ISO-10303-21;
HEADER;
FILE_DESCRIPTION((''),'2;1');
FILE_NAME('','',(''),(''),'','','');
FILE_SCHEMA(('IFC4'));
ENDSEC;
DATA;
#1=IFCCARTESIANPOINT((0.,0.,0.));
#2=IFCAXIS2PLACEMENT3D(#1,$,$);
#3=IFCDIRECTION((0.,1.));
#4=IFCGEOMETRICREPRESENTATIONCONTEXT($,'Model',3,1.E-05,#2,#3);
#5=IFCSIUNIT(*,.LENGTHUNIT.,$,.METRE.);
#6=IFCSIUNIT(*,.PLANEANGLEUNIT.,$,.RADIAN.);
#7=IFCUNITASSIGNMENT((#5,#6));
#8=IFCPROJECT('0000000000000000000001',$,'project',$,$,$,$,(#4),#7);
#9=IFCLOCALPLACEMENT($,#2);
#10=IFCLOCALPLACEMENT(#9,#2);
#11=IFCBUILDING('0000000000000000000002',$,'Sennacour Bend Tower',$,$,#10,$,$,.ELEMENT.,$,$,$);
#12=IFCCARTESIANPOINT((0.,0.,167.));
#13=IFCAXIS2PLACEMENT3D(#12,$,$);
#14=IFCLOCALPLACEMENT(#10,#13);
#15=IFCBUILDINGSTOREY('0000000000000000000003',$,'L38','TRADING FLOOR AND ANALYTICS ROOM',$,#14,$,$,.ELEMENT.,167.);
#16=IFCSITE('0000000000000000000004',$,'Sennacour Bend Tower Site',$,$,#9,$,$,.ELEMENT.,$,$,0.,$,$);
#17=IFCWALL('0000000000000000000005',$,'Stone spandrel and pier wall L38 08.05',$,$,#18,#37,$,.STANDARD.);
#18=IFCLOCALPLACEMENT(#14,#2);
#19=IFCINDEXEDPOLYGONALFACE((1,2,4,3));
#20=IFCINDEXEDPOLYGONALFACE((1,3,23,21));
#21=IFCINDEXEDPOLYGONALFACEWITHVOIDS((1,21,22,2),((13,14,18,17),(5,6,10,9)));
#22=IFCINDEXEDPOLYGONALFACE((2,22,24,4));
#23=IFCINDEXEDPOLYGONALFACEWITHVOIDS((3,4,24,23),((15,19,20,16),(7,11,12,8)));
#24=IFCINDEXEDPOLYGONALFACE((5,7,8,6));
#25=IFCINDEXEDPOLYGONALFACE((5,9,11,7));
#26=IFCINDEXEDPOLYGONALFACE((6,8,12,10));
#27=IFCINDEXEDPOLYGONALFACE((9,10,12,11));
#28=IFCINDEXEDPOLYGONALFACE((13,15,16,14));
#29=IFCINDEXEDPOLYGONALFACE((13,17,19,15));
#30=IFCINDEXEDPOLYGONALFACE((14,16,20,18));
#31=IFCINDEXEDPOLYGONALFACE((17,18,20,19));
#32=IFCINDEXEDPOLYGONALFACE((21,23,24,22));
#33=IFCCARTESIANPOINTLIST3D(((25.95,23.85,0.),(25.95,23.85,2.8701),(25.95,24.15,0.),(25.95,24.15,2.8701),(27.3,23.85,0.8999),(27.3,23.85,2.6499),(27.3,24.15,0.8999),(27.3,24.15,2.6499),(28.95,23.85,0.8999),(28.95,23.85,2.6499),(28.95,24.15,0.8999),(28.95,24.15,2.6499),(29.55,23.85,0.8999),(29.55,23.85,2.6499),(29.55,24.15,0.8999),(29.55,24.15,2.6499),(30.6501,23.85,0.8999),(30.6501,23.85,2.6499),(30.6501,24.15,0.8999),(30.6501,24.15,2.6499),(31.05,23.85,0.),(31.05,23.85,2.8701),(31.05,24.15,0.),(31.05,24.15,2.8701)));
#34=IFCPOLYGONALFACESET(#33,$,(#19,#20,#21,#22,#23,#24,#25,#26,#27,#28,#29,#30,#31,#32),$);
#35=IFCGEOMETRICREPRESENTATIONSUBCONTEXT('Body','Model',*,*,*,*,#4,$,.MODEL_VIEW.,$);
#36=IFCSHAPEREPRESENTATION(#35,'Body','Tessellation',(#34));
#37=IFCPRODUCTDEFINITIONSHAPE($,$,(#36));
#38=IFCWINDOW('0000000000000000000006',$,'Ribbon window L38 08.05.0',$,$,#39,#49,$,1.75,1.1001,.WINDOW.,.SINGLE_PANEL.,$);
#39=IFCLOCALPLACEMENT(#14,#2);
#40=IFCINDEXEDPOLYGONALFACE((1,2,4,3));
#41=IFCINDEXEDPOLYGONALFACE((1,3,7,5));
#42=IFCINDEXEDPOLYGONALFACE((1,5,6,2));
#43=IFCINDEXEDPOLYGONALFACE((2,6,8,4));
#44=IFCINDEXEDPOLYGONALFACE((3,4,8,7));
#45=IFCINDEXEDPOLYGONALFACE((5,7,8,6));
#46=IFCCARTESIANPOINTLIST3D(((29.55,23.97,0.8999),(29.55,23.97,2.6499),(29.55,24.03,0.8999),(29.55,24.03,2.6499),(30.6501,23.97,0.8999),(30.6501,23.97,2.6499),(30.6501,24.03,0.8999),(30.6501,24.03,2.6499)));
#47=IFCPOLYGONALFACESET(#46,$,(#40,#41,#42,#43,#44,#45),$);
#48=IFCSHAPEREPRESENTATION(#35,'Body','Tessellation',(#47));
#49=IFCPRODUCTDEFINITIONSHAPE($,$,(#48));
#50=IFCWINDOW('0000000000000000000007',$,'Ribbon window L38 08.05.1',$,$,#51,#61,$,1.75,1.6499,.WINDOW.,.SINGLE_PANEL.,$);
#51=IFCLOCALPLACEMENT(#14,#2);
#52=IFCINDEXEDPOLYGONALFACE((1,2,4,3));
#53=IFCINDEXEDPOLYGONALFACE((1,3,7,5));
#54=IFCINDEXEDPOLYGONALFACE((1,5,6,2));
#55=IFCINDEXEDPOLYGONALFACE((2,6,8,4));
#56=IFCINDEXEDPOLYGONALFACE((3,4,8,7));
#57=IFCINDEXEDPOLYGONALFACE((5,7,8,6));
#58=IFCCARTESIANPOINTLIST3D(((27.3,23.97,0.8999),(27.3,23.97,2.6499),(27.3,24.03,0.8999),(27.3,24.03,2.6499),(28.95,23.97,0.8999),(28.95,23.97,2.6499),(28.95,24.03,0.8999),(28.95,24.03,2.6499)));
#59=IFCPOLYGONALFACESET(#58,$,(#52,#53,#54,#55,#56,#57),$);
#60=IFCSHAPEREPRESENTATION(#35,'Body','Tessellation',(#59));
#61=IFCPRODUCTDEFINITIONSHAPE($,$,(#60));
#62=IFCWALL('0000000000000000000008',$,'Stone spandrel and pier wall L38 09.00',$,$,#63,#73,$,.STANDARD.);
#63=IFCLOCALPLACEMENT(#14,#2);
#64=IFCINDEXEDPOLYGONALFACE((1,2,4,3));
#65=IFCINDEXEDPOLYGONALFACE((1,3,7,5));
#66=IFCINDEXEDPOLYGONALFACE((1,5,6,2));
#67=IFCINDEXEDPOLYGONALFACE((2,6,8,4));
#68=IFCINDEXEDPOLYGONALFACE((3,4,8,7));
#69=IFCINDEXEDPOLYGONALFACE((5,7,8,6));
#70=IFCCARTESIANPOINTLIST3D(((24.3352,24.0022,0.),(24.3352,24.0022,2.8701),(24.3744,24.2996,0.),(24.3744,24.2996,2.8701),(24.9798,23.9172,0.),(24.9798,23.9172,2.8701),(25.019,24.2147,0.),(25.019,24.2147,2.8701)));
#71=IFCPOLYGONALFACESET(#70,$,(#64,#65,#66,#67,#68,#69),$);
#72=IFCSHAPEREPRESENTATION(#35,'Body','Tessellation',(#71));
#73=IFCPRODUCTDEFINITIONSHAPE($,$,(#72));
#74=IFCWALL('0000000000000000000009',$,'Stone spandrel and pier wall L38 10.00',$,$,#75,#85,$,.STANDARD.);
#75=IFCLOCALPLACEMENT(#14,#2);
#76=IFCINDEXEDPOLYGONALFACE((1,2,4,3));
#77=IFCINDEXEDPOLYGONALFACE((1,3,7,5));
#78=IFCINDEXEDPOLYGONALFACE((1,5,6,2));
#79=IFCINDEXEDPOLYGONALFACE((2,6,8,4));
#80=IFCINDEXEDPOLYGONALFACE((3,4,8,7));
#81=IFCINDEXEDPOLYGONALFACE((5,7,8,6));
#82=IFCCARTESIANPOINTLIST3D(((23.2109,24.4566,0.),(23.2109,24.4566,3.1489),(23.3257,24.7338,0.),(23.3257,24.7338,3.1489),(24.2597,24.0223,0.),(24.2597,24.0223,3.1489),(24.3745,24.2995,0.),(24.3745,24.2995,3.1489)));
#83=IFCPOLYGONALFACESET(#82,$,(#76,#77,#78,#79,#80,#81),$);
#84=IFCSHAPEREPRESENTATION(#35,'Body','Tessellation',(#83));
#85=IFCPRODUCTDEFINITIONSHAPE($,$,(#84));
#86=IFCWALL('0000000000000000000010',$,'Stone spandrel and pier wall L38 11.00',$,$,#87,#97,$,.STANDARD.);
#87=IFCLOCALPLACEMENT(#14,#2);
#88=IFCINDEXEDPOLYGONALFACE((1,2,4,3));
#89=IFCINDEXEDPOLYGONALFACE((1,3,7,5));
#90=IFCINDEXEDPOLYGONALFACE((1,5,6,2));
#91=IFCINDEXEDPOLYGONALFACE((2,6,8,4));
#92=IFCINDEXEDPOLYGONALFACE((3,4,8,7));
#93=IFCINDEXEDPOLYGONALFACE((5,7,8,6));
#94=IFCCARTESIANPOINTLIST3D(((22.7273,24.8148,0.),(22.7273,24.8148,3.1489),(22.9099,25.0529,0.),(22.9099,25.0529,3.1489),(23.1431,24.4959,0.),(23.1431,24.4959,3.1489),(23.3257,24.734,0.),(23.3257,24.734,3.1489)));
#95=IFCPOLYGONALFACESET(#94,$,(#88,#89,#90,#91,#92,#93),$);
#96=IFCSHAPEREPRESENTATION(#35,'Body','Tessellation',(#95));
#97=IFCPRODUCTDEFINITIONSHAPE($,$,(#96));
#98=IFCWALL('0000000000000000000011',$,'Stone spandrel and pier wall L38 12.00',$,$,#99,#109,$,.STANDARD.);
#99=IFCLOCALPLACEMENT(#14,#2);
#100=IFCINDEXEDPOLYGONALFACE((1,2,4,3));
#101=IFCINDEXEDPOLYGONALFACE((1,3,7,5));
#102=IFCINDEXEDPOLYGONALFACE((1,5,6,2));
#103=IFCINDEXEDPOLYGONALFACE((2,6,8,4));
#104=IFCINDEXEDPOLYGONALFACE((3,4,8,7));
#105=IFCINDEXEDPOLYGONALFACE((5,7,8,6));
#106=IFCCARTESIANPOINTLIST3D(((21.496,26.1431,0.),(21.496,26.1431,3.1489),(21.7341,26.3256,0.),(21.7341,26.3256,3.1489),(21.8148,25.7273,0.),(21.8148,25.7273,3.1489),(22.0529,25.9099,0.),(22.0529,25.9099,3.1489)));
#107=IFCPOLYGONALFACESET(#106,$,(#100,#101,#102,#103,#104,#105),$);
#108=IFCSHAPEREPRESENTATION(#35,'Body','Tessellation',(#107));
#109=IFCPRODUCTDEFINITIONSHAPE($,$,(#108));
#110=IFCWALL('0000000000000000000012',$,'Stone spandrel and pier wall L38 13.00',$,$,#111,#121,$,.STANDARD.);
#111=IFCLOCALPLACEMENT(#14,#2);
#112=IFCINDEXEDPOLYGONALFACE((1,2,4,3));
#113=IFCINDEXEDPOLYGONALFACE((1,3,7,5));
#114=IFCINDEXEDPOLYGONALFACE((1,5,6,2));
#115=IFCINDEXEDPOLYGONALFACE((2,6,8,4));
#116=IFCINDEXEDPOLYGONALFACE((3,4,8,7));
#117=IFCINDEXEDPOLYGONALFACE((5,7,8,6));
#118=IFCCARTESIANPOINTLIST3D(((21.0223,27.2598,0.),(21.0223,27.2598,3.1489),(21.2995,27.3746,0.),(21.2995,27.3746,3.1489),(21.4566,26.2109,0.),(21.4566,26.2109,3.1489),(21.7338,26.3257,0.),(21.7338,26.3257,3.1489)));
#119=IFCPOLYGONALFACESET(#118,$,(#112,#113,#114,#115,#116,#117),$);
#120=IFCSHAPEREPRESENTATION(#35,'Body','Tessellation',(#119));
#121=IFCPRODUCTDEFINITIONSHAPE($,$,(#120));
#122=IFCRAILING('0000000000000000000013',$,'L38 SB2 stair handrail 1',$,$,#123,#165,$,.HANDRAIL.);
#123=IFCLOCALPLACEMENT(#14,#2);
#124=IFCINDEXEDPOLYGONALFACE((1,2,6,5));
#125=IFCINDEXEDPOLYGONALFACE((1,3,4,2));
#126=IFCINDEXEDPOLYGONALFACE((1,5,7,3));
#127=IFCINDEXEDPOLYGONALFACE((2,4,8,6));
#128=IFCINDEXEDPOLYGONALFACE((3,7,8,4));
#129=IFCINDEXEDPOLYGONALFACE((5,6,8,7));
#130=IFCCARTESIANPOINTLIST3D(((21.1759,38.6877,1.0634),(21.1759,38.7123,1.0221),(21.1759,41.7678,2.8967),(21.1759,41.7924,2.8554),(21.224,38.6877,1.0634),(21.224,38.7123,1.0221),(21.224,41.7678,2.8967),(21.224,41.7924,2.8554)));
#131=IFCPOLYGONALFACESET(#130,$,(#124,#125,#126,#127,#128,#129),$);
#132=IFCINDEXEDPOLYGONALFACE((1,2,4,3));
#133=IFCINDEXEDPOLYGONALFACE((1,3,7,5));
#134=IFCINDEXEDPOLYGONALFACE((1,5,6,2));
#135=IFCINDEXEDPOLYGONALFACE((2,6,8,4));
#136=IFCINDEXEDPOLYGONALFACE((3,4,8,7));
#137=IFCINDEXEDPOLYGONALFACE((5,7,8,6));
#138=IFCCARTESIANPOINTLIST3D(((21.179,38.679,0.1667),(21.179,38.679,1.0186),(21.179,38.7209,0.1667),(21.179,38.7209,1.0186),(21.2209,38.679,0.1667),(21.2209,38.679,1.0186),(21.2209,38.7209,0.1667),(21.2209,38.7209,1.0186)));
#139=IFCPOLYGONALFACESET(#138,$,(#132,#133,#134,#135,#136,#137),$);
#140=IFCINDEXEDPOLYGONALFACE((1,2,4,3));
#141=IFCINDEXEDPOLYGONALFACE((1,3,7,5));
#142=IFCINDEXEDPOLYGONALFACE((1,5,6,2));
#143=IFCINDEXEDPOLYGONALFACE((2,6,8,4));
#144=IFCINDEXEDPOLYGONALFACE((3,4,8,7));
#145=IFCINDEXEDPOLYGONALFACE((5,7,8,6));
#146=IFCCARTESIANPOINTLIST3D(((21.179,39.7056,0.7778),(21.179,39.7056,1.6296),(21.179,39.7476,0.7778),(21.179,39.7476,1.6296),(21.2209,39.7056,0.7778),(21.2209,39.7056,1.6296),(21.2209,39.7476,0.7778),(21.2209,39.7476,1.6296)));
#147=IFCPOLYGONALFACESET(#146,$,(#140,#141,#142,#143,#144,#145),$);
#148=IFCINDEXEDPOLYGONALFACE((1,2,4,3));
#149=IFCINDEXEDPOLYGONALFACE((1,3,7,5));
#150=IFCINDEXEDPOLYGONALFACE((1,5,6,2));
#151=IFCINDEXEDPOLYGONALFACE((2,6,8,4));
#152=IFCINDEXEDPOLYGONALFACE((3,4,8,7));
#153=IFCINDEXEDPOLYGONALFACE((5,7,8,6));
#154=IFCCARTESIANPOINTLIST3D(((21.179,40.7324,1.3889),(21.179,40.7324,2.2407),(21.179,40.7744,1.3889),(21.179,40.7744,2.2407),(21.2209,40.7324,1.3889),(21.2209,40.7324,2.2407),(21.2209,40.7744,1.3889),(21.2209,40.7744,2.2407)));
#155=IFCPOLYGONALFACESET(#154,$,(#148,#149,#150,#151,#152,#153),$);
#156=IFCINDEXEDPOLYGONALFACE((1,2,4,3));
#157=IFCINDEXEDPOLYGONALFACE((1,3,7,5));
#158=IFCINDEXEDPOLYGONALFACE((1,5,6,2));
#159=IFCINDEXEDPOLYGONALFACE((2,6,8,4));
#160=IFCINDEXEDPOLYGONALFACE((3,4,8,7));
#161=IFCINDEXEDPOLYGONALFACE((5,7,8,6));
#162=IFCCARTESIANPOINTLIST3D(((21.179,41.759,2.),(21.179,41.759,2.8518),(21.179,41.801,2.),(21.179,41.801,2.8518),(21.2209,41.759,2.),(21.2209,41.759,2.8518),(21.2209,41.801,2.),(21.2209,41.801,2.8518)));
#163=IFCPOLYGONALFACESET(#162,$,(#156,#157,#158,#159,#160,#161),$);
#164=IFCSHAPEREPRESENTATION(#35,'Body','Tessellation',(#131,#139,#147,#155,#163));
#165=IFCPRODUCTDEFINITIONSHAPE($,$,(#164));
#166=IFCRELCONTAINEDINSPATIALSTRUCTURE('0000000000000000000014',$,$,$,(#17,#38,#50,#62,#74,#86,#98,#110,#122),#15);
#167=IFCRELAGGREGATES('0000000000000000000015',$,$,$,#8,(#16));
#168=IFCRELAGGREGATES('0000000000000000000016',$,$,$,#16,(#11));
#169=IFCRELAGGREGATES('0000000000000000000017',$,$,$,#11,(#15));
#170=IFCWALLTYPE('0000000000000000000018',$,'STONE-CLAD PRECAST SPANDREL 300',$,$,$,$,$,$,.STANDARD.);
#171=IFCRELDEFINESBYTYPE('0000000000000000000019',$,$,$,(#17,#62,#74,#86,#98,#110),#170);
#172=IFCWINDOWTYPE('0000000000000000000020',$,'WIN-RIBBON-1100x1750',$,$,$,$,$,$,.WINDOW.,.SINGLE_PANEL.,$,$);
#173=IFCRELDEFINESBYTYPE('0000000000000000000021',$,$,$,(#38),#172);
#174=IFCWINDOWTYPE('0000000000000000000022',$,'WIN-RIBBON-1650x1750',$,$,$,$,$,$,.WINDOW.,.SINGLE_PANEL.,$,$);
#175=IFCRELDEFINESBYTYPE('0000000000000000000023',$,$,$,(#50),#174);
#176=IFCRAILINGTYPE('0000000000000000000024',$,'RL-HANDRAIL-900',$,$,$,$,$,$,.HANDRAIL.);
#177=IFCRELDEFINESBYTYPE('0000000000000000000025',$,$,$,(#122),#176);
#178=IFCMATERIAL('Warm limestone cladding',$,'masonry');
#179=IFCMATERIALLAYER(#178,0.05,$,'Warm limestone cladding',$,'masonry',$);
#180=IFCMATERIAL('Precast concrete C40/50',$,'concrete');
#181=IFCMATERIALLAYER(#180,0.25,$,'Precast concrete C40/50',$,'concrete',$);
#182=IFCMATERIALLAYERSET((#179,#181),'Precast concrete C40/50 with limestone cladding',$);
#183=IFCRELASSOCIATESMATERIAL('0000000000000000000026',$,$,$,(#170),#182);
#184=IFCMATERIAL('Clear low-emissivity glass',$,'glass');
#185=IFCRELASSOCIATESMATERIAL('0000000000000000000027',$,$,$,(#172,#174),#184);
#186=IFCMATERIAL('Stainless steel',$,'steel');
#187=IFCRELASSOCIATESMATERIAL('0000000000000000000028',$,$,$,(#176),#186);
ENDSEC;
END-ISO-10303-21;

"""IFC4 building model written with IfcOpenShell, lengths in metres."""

from ifc_helpers import new_model, si_unit, direction, frame, frame_2d, origin, origin_2d, place, context, subcontext, project, spatial, rectangle, extrude, material, layer, layer_set, type_object, element, fill, save


model = new_model("IFC4")

# Units and contexts
model_context = context("Model", 3, precision=1e-05, world=origin(), true_north=direction((0.0, 1.0)))
body_context = subcontext(model_context, "Body", "Model", "MODEL_VIEW")
ifc_project = project(units=[si_unit("LENGTHUNIT", "METRE"), si_unit("PLANEANGLEUNIT", "RADIAN")], contexts=[model_context])

# Site, building, storey
site_placement = place(None, origin())
site = spatial("IfcSite", under=ifc_project, at=site_placement, Name="Sennacour Bend Tower Site", CompositionType="ELEMENT", RefElevation=0.0)
building_placement = place(site_placement, origin())
building = spatial("IfcBuilding", under=site, at=building_placement, Name="Sennacour Bend Tower", CompositionType="ELEMENT")
storey_placement = place(building_placement, frame((0.0, 0.0, 167.0)))
storey = spatial("IfcBuildingStorey", under=building, at=storey_placement, Name="L38", Description="TRADING FLOOR AND ANALYTICS ROOM", CompositionType="ELEMENT", Elevation=167.0)

# Wall, openings, windows
ifc_material_1 = material(Name="Warm limestone cladding", Category="masonry")
ifc_layer_1 = layer(ifc_material_1, 0.05, Name="Warm limestone cladding", Category="masonry")
ifc_material_2 = material(Name="Precast concrete C40/50", Category="concrete")
ifc_layer_2 = layer(ifc_material_2, 0.25, Name="Precast concrete C40/50", Category="concrete")
ifc_layer_set_1 = layer_set([ifc_layer_1, ifc_layer_2], Name="Precast concrete C40/50 with limestone cladding")
wall_type_1 = type_object("IfcWallType", Name="STONE-CLAD PRECAST SPANDREL 300", PredefinedType="STANDARD", material=ifc_layer_set_1)
ifc_material_3 = material(Name="Clear low-emissivity glass", Category="glass")
window_type_1 = type_object("IfcWindowType", Name="WIN-RIBBON-1100x1750", PartitioningType="SINGLE_PANEL", PredefinedType="WINDOW", material=ifc_material_3)
wall_1_placement = place(storey_placement, frame((31.05, 24.0, 0.0), z_axis=(0.0, 0.0, 1.0), x_axis=(-1.0, 0.0, 0.0)))
wall_1 = element("IfcWall", 1, at=wall_1_placement, inside=storey, type_object=wall_type_1, Name="Stone spandrel and pier wall L38 08.05", PredefinedType="STANDARD", context=body_context, shape_type="SweptSolid", body=[
    extrude(rectangle(XDim=5.1001, YDim=0.3, at=frame_2d((2.55, 0.0))), origin(), (0.0, 0.0, 1.0), 2.8701),
])
opening_1_placement = place(wall_1_placement, frame((0.3999, 0.0, 0.8999)))
opening_1 = element("IfcOpeningElement", 2, at=opening_1_placement, cuts=wall_1, PredefinedType="OPENING", context=body_context, shape_type="SweptSolid", body=[
    extrude(rectangle(XDim=1.1001, YDim=1.75, at=frame_2d((0.55, 0.875))), frame((0.0, 0.1602, 0.0), z_axis=(0.0, -1.0, 0.0), x_axis=(1.0, 0.0, 0.0)), (0.0, 0.0, 1.0), 0.3201),
])
opening_2_placement = place(wall_1_placement, frame((2.1001, 0.0, 0.8999)))
opening_2 = element("IfcOpeningElement", 3, at=opening_2_placement, cuts=wall_1, PredefinedType="OPENING", context=body_context, shape_type="SweptSolid", body=[
    extrude(rectangle(XDim=1.6499, YDim=1.75, at=frame_2d((0.825, 0.875))), frame((0.0, 0.1602, 0.0), z_axis=(0.0, -1.0, 0.0), x_axis=(1.0, 0.0, 0.0)), (0.0, 0.0, 1.0), 0.3201),
])
window_1_placement = place(opening_1_placement, origin())
window_1 = element("IfcWindow", 4, at=window_1_placement, inside=storey, type_object=window_type_1, Name="Ribbon window L38 08.05.0", OverallHeight=1.75, OverallWidth=1.1001, PartitioningType="SINGLE_PANEL", PredefinedType="WINDOW", context=body_context, shape_type="SweptSolid", body=[
    extrude(rectangle(XDim=1.1001, YDim=1.75, at=frame_2d((0.55, 0.875))), frame((0.0, 0.03, 0.0), z_axis=(0.0, -1.0, 0.0), x_axis=(1.0, 0.0, 0.0)), (0.0, 0.0, 1.0), 0.0601),
])
fill(opening_1, window_1)
window_type_2 = type_object("IfcWindowType", Name="WIN-RIBBON-1650x1750", PartitioningType="SINGLE_PANEL", PredefinedType="WINDOW", material=ifc_material_3)
window_2_placement = place(opening_2_placement, origin())
window_2 = element("IfcWindow", 5, at=window_2_placement, inside=storey, type_object=window_type_2, Name="Ribbon window L38 08.05.1", OverallHeight=1.75, OverallWidth=1.6499, PartitioningType="SINGLE_PANEL", PredefinedType="WINDOW", context=body_context, shape_type="SweptSolid", body=[
    extrude(rectangle(XDim=1.6499, YDim=1.75, at=frame_2d((0.825, 0.875))), frame((0.0, 0.03, 0.0), z_axis=(0.0, -1.0, 0.0), x_axis=(1.0, 0.0, 0.0)), (0.0, 0.0, 1.0), 0.0601),
])
fill(opening_2, window_2)

# Walls
wall_2_placement = place(storey_placement, frame((24.9995, 24.0659, 0.0), z_axis=(0.0, 0.0, 1.0), x_axis=(-0.991424, 0.130688, 0.0)))
element("IfcWall", 6, at=wall_2_placement, inside=storey, type_object=wall_type_1, Name="Stone spandrel and pier wall L38 09.00", PredefinedType="STANDARD", context=body_context, shape_type="SweptSolid", body=[
    extrude(rectangle(XDim=0.6501, YDim=0.3, at=frame_2d((0.3252, 0.0))), origin(), (0.0, 0.0, 1.0), 2.8701),
])
wall_3_placement = place(storey_placement, frame((24.3171, 24.1609, 0.0), z_axis=(0.0, 0.0, 1.0), x_axis=(-0.923915, 0.382599, 0.0)))
element("IfcWall", 7, at=wall_3_placement, inside=storey, type_object=wall_type_1, Name="Stone spandrel and pier wall L38 10.00", PredefinedType="STANDARD", context=body_context, shape_type="SweptSolid", body=[
    extrude(rectangle(XDim=1.1353, YDim=0.3, at=frame_2d((0.5676, 0.0))), origin(), (0.0, 0.0, 1.0), 3.1489),
])
for number, where, z_axis, x_axis, name in (
    (8, (23.2344, 24.615, 0.0), (0.0, 0.0, 1.0), (-0.793524, 0.608539, 0.0), "Stone spandrel and pier wall L38 11.00"),
    (9, (21.9338, 25.8186, 0.0), (0.0, 0.0, 1.0), (-0.608539, 0.793524, 0.0), "Stone spandrel and pier wall L38 12.00"),
):
    element("IfcWall", number, at=place(storey_placement, frame(where, z_axis=z_axis, x_axis=x_axis)), inside=storey, type_object=wall_type_1, Name=name, PredefinedType="STANDARD", context=body_context, shape_type="SweptSolid", body=[
        extrude(rectangle(XDim=0.5239, YDim=0.3, at=frame_2d((0.262, 0.0))), origin(), (0.0, 0.0, 1.0), 3.1489),
    ])
wall_4_placement = place(storey_placement, frame((21.5952, 26.2683, 0.0), z_axis=(0.0, 0.0, 1.0), x_axis=(-0.382599, 0.923915, 0.0)))
element("IfcWall", 10, at=wall_4_placement, inside=storey, type_object=wall_type_1, Name="Stone spandrel and pier wall L38 13.00", PredefinedType="STANDARD", context=body_context, shape_type="SweptSolid", body=[
    extrude(rectangle(XDim=1.1353, YDim=0.3, at=frame_2d((0.5676, 0.0))), origin(), (0.0, 0.0, 1.0), 3.1489),
])

# Railing
ifc_material_4 = material(Name="Stainless steel", Category="steel")
railing_type = type_object("IfcRailingType", Name="RL-HANDRAIL-900", PredefinedType="HANDRAIL", material=ifc_material_4)
railing_placement = place(storey_placement, frame((21.2, 38.7, 0.1667)))
element("IfcRailing", 11, at=railing_placement, inside=storey, type_object=railing_type, Name="L38 SB2 stair handrail 1", PredefinedType="HANDRAIL", context=body_context, shape_type="SweptSolid", body=[
    extrude(rectangle(XDim=0.0481, YDim=0.0481, at=origin_2d()), frame((0.0, 0.0, 0.876), z_axis=(0.0, 0.859309, 0.511458), x_axis=(-1.0, 0.0, 0.0)), (0.0, 0.0, 1.0), 3.5845),
    extrude(rectangle(XDim=0.042, YDim=0.042, at=origin_2d()), origin(), (0.0, 0.0, 1.0), 0.8518),
    extrude(rectangle(XDim=0.042, YDim=0.042, at=origin_2d()), frame((0.0, 1.0266, 0.6111)), (0.0, 0.0, 1.0), 0.8518),
    extrude(rectangle(XDim=0.042, YDim=0.042, at=origin_2d()), frame((0.0, 2.0535, 1.2222)), (0.0, 0.0, 1.0), 0.8518),
    extrude(rectangle(XDim=0.042, YDim=0.042, at=origin_2d()), frame((0.0, 3.0801, 1.8333)), (0.0, 0.0, 1.0), 0.8518),
])

save(model, "model.ifc")
